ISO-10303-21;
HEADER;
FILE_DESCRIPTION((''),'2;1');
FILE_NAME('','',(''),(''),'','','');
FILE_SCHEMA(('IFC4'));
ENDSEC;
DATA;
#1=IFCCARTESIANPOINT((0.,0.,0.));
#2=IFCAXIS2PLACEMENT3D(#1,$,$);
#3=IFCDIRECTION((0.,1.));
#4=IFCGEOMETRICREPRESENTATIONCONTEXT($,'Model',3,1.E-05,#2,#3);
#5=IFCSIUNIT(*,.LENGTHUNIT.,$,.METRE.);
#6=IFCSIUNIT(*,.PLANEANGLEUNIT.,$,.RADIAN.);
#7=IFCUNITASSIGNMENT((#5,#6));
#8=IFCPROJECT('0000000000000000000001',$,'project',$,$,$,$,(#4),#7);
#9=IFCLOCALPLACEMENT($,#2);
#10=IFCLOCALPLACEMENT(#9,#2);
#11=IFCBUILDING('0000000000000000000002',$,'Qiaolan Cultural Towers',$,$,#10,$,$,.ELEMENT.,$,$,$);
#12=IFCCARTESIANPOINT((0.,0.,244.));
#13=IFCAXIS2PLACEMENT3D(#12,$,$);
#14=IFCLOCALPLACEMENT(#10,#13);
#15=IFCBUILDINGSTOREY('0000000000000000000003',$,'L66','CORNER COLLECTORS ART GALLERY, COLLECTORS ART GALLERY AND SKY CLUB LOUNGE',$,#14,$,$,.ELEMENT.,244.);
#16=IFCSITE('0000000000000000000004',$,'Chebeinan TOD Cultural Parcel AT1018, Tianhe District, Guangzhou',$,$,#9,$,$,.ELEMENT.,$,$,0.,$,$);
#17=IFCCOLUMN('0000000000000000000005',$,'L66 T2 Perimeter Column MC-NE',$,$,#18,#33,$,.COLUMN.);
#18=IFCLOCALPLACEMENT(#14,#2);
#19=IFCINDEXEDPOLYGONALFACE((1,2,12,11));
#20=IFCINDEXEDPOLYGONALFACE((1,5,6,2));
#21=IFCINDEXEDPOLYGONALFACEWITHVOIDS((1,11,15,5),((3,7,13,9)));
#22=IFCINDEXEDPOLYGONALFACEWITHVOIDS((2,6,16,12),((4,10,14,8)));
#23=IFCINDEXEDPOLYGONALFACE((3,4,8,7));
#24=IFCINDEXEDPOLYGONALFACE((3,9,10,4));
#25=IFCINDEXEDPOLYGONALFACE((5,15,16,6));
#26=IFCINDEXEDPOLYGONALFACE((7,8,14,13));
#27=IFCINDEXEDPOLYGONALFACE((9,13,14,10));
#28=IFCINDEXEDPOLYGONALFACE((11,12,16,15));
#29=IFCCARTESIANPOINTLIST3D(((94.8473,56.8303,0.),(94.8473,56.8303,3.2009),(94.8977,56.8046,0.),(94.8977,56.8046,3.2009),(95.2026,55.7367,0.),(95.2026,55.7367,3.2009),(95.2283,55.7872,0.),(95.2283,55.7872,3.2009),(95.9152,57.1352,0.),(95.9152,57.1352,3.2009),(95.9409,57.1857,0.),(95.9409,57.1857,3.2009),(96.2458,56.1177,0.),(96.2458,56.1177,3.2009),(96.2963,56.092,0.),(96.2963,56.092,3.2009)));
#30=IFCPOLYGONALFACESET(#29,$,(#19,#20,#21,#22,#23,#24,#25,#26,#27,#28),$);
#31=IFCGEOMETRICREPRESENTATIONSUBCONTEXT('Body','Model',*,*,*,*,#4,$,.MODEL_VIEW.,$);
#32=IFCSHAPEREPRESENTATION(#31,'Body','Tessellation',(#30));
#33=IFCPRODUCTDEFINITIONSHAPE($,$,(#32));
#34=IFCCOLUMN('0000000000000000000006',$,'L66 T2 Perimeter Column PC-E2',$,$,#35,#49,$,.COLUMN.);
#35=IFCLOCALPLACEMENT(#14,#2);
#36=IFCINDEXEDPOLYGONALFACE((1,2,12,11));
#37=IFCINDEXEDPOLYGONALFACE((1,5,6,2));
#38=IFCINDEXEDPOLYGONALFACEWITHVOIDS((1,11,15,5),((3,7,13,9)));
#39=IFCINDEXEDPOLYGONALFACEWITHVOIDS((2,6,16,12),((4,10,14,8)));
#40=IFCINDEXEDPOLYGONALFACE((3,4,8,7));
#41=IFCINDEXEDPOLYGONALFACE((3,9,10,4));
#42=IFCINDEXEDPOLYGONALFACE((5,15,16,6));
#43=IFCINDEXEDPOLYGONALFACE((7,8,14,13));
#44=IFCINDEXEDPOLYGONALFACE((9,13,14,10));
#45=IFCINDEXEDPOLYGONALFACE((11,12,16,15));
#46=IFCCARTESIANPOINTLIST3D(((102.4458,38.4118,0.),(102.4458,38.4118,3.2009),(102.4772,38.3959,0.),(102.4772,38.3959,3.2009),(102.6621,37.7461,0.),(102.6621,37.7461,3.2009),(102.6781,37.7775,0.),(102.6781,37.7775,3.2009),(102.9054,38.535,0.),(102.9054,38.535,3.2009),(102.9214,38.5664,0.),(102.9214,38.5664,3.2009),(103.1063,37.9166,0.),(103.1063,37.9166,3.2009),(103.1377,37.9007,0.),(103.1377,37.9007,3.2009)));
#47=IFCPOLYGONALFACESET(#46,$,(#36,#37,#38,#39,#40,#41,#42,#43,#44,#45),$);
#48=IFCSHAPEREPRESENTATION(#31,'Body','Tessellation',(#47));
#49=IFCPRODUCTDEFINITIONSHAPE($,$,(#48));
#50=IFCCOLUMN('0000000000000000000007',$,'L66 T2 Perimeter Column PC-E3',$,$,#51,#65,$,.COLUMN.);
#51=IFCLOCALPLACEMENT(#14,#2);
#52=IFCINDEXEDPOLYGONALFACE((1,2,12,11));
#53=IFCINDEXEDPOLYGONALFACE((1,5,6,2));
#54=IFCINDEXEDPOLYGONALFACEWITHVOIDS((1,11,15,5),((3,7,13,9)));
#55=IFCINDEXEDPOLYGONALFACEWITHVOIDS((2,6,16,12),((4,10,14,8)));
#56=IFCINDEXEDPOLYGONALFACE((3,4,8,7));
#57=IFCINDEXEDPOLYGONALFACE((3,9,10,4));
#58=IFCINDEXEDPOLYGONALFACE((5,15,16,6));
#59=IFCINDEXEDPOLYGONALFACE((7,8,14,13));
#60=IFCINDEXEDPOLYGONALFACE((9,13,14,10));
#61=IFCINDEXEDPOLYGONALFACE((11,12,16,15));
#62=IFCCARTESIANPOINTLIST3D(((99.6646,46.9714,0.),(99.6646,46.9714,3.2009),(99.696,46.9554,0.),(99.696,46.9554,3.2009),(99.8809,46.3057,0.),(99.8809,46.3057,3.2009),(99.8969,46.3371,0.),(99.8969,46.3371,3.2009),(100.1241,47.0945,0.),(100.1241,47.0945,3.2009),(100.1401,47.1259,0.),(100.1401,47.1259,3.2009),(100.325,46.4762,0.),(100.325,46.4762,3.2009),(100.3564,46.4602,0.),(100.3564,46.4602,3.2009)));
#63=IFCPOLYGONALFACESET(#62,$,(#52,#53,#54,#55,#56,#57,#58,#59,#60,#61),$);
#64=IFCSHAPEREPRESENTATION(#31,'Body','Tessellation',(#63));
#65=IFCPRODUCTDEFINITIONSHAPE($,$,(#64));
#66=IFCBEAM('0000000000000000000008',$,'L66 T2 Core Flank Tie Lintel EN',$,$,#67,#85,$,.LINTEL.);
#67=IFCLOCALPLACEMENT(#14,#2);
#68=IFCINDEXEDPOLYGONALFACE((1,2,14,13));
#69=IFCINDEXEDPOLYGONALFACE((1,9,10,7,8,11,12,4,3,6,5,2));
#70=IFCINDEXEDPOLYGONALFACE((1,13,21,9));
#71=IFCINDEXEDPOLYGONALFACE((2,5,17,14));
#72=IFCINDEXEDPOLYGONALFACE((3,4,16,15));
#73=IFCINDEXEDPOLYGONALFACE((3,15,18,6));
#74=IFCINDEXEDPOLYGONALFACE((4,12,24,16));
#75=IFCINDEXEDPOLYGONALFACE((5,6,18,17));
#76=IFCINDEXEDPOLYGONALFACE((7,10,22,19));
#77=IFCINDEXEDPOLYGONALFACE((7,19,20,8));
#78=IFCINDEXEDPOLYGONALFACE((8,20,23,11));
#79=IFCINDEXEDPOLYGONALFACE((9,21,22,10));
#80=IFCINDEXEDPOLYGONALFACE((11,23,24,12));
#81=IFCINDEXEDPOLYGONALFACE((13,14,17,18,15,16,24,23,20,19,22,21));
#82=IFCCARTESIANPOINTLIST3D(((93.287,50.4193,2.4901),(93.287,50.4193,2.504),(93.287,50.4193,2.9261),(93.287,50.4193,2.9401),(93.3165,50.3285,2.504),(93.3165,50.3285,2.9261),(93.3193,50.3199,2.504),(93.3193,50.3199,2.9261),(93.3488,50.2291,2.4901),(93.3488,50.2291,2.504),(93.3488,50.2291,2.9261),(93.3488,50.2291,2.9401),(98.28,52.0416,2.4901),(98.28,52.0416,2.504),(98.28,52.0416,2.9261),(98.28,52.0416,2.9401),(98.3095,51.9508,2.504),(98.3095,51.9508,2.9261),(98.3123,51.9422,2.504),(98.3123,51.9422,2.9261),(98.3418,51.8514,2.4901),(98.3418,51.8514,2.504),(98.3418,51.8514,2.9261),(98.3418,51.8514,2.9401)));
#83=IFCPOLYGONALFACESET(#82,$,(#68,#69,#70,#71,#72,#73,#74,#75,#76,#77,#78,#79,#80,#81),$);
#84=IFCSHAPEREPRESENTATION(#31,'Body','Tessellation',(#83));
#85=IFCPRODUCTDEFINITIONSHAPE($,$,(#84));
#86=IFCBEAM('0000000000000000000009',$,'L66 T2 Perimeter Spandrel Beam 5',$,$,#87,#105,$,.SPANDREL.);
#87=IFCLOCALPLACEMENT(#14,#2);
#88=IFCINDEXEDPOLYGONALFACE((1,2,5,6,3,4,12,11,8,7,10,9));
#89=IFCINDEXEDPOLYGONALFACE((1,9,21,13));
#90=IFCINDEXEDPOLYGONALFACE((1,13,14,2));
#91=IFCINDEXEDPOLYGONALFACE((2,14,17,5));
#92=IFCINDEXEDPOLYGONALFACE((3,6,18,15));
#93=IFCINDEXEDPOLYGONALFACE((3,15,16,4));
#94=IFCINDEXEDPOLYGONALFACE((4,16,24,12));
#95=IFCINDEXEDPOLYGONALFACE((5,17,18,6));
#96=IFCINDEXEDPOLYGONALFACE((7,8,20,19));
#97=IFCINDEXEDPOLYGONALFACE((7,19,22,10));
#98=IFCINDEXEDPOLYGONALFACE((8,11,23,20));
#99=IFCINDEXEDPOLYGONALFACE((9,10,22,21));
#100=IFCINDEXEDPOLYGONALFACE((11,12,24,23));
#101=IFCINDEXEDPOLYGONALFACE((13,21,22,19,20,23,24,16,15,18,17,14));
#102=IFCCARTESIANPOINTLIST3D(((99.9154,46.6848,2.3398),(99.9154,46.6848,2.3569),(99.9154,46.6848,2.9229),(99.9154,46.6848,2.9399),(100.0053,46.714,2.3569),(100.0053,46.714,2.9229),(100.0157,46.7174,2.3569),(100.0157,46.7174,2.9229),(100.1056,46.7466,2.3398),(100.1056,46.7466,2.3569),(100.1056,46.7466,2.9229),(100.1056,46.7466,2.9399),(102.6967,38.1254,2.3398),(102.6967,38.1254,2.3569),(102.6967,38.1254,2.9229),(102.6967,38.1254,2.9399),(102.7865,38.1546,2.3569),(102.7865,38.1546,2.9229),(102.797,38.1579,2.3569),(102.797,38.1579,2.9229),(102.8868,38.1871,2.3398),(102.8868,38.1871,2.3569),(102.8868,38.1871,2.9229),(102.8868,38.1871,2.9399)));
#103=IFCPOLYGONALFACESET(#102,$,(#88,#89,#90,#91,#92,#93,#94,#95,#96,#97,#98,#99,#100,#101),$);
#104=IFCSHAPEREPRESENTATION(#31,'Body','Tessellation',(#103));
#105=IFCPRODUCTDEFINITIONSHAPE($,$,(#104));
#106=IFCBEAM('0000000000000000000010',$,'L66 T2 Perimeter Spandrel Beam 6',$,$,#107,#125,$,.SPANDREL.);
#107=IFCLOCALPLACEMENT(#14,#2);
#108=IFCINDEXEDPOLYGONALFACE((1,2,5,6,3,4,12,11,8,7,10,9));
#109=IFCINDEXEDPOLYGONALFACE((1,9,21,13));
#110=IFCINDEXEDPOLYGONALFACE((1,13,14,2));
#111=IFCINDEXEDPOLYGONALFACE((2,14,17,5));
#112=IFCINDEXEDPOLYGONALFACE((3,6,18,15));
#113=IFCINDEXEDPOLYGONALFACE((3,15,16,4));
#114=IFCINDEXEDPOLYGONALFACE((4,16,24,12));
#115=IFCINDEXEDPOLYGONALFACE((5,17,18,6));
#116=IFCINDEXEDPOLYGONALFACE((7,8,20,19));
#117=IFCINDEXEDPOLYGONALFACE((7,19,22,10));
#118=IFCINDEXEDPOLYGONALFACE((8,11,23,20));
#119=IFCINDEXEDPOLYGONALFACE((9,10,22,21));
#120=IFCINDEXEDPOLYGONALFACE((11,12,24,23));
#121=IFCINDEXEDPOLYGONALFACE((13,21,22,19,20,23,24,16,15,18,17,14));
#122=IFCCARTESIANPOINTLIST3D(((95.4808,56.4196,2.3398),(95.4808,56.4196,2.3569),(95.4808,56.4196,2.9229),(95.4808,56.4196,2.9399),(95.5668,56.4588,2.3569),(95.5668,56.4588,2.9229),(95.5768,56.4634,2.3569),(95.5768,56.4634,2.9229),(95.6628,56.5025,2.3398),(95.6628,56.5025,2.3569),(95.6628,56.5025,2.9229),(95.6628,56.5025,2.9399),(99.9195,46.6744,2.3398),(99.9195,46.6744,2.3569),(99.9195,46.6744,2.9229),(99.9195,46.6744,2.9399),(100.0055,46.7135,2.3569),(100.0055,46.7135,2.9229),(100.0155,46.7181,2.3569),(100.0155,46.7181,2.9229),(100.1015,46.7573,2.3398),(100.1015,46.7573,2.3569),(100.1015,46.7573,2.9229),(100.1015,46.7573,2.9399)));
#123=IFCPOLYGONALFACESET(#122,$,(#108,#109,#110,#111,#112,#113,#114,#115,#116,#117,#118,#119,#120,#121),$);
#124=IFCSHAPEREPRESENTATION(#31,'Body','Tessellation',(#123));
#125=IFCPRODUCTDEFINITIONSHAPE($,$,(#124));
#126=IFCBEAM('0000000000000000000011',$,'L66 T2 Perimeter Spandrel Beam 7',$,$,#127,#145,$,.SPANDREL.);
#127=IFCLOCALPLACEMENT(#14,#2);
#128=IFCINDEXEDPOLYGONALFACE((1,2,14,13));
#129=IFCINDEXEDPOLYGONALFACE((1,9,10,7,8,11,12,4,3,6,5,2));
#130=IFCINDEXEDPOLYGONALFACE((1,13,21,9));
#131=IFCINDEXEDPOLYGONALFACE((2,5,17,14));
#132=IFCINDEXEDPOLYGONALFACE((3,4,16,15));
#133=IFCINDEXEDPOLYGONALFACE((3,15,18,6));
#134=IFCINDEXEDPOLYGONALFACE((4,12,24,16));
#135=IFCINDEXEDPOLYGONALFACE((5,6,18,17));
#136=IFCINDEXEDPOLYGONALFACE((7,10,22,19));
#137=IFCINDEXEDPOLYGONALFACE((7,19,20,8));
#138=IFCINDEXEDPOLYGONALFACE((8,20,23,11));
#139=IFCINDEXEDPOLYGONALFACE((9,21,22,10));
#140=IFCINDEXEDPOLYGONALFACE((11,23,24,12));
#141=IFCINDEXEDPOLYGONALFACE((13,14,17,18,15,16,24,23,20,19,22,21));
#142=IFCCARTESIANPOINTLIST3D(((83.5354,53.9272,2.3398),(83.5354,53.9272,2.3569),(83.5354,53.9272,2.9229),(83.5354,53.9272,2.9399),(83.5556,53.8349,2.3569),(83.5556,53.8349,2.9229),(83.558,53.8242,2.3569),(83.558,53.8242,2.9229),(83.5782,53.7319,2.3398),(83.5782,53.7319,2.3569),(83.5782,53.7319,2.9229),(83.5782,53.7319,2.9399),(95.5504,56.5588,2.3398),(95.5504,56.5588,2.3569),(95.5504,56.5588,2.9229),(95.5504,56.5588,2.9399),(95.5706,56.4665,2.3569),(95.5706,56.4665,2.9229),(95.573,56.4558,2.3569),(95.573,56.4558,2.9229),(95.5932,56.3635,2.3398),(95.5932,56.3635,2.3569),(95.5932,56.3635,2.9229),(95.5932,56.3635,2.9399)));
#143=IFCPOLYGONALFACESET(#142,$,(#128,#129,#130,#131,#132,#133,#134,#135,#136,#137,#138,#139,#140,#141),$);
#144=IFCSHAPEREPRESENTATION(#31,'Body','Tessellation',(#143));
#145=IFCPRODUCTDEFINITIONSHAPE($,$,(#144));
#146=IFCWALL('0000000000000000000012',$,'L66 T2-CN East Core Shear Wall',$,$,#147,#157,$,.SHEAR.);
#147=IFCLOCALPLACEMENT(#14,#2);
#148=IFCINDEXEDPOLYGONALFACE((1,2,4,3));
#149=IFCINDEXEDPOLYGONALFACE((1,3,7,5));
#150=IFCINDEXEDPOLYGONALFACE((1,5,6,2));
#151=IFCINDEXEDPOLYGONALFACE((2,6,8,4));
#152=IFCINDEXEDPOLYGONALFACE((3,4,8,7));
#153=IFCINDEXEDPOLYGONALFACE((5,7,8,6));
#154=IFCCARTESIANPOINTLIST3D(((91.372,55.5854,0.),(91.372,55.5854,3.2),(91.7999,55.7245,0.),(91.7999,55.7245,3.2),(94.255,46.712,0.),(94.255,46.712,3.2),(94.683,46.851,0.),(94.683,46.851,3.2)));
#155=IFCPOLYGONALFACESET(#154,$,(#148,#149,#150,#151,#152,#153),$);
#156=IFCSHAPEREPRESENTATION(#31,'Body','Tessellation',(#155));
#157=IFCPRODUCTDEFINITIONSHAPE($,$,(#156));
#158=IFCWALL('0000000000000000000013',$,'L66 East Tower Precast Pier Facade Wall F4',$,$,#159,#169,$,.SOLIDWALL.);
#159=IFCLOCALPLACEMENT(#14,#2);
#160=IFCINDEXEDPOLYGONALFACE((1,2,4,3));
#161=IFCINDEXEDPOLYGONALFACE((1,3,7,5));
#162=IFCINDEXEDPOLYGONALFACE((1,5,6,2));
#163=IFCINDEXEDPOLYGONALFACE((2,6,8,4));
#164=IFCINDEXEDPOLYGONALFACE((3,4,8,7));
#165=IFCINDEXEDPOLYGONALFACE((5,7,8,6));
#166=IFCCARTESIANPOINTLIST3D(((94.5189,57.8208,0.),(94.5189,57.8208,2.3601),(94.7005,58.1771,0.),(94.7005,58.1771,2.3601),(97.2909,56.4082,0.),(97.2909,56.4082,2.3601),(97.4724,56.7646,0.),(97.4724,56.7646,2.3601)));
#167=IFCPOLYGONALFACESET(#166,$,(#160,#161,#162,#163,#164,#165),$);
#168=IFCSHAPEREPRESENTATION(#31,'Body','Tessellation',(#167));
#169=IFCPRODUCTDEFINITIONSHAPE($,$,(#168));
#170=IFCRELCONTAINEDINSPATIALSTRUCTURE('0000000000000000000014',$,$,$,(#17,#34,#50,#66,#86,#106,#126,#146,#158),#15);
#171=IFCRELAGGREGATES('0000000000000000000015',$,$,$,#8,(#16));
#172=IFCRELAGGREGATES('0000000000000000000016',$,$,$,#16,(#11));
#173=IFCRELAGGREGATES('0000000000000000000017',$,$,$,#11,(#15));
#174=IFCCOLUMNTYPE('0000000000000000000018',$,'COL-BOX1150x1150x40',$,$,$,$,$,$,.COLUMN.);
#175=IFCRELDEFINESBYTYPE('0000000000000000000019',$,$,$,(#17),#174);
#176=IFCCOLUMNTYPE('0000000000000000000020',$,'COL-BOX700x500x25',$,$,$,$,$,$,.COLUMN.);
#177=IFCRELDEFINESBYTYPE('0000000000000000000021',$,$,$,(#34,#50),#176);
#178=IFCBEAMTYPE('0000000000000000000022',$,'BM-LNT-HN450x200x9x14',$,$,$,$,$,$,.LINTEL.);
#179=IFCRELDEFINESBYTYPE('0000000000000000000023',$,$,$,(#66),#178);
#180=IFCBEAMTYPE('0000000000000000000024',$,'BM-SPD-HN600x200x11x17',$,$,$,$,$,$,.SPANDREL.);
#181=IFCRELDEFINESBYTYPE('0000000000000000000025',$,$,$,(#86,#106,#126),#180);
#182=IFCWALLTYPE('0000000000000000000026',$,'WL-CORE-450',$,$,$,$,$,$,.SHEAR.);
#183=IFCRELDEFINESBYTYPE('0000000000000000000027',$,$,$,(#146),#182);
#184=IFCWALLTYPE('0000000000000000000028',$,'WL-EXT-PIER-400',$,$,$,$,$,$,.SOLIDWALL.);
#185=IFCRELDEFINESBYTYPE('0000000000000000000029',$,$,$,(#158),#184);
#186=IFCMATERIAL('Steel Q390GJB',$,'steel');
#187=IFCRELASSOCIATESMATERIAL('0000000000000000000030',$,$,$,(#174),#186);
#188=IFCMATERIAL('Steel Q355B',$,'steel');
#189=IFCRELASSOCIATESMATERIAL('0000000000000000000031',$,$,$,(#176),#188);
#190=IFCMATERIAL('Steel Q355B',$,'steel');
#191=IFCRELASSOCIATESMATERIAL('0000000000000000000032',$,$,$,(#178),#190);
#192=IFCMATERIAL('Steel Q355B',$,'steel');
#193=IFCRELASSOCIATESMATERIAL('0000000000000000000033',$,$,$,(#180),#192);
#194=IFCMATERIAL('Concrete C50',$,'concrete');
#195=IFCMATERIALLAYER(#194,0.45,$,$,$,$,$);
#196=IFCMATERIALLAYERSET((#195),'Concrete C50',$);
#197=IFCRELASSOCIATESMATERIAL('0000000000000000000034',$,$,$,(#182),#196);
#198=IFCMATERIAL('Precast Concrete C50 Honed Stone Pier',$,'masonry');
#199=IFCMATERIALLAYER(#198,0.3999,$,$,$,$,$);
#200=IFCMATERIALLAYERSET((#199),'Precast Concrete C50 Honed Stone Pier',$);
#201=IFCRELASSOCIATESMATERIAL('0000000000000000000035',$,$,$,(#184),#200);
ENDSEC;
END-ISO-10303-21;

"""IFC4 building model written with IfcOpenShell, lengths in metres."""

from ifc_helpers import new_model, si_unit, direction, frame, frame_2d, origin, origin_2d, place, context, subcontext, project, spatial, rectangle, hollow_rectangle, i_section, extrude, material, layer, layer_set, material_profile, profile_set, type_object, element, save


model = new_model("IFC4")

# Units and contexts
model_context = context("Model", 3, precision=1e-05, world=origin(), true_north=direction((0.0, 1.0)))
body_context = subcontext(model_context, "Body", "Model", "MODEL_VIEW")
ifc_project = project(units=[si_unit("LENGTHUNIT", "METRE"), si_unit("PLANEANGLEUNIT", "RADIAN")], contexts=[model_context])

# Site, building, storey
site_placement = place(None, origin())
site = spatial("IfcSite", under=ifc_project, at=site_placement, Name="Chebeinan TOD Cultural Parcel AT1018, Tianhe District, Guangzhou", CompositionType="ELEMENT", RefElevation=0.0)
building_placement = place(site_placement, origin())
building = spatial("IfcBuilding", under=site, at=building_placement, Name="Qiaolan Cultural Towers", CompositionType="ELEMENT")
storey_placement = place(building_placement, frame((0.0, 0.0, 244.0)))
storey = spatial("IfcBuildingStorey", under=building, at=storey_placement, Name="L66", Description="CORNER COLLECTORS ART GALLERY, COLLECTORS ART GALLERY AND SKY CLUB LOUNGE", CompositionType="ELEMENT", Elevation=244.0)

# Columns
ifc_material_1 = material(Name="Steel Q390GJB", Category="steel")
ifc_material_profile_1 = material_profile(ifc_material_1, hollow_rectangle(XDim=1.1499, YDim=1.1499, WallThickness=0.04, at=origin_2d()), Name="BOX1150x1150x40")
ifc_profile_set_1 = profile_set([ifc_material_profile_1], Name="Steel Q390GJB")
column_type_1 = type_object("IfcColumnType", Name="COL-BOX1150x1150x40", PredefinedType="COLUMN", material=ifc_profile_set_1)
column_placement = place(storey_placement, frame((95.5718, 56.4612, 0.0), z_axis=(0.0, 0.0, 1.0), x_axis=(0.951057, 0.309017, 0.0)))
element("IfcColumn", 1, at=column_placement, inside=storey, type_object=column_type_1, Name="L66 T2 Perimeter Column MC-NE", PredefinedType="COLUMN", context=body_context, shape_type="SweptSolid", body=[
    extrude(hollow_rectangle(XDim=1.1499, YDim=1.1499, WallThickness=0.04, at=origin_2d()), origin(), (0.0, 0.0, 1.0), 3.2009),
])
ifc_material_2 = material(Name="Steel Q355B", Category="steel")
ifc_material_profile_2 = material_profile(ifc_material_2, hollow_rectangle(XDim=0.5, YDim=0.7, WallThickness=0.0249, at=origin_2d()), Name="BOX700x500x25")
ifc_profile_set_2 = profile_set([ifc_material_profile_2], Name="Steel Q355B")
column_type_2 = type_object("IfcColumnType", Name="COL-BOX700x500x25", PredefinedType="COLUMN", material=ifc_profile_set_2)
for number, where, z_axis, x_axis, name in (
    (2, (102.7917, 38.1562, 0.0), (0.0, 0.0, 1.0), (0.951057, 0.309017, 0.0), "L66 T2 Perimeter Column PC-E2"),
    (3, (100.0105, 46.7158, 0.0), (0.0, 0.0, 1.0), (0.951057, 0.309017, 0.0), "L66 T2 Perimeter Column PC-E3"),
):
    element("IfcColumn", number, at=place(storey_placement, frame(where, z_axis=z_axis, x_axis=x_axis)), inside=storey, type_object=column_type_2, Name=name, PredefinedType="COLUMN", context=body_context, shape_type="SweptSolid", body=[
        extrude(hollow_rectangle(XDim=0.5, YDim=0.7, WallThickness=0.0249, at=origin_2d()), origin(), (0.0, 0.0, 1.0), 3.2009),
    ])

# Beams
ifc_material_3 = material(Name="Steel Q355B", Category="steel")
ifc_material_profile_3 = material_profile(ifc_material_3, i_section(OverallWidth=0.2, OverallDepth=0.45, WebThickness=0.009, FlangeThickness=0.0139, at=origin_2d()), Name="HN450x200x9x14")
ifc_profile_set_3 = profile_set([ifc_material_profile_3], Name="Steel Q355B")
beam_type_1 = type_object("IfcBeamType", Name="BM-LNT-HN450x200x9x14", PredefinedType="LINTEL", material=ifc_profile_set_3)
beam_1_placement = place(storey_placement, frame((93.3179, 50.3242, 2.7151), z_axis=(0.95106, 0.309006, 0.0), x_axis=(-0.309006, 0.95106, 0.0)))
element("IfcBeam", 4, at=beam_1_placement, inside=storey, type_object=beam_type_1, Name="L66 T2 Core Flank Tie Lintel EN", PredefinedType="LINTEL", context=body_context, shape_type="SweptSolid", body=[
    extrude(i_section(OverallWidth=0.2, OverallDepth=0.45, WebThickness=0.009, FlangeThickness=0.0139, at=origin_2d()), origin(), (0.0, 0.0, 1.0), 5.25),
])
ifc_material_4 = material(Name="Steel Q355B", Category="steel")
ifc_material_profile_4 = material_profile(ifc_material_4, i_section(OverallWidth=0.2, OverallDepth=0.6001, WebThickness=0.011, FlangeThickness=0.0171, at=origin_2d()), Name="HN600x200x11x17")
ifc_profile_set_4 = profile_set([ifc_material_profile_4], Name="Steel Q355B")
beam_type_2 = type_object("IfcBeamType", Name="BM-SPD-HN600x200x11x17", PredefinedType="SPANDREL", material=ifc_profile_set_4)
beam_2_placement = place(storey_placement, frame((102.7917, 38.1562, 2.6399), z_axis=(-0.309025, 0.951054, 0.0), x_axis=(-0.951054, -0.309025, 0.0)))
element("IfcBeam", 5, at=beam_2_placement, inside=storey, type_object=beam_type_2, Name="L66 T2 Perimeter Spandrel Beam 5", PredefinedType="SPANDREL", context=body_context, shape_type="SweptSolid", body=[
    extrude(i_section(OverallWidth=0.2, OverallDepth=0.6001, WebThickness=0.011, FlangeThickness=0.0171, at=origin_2d()), origin(), (0.0, 0.0, 1.0), 9.0),
])
beam_3_placement = place(storey_placement, frame((100.0105, 46.7158, 2.6399), z_axis=(-0.4145, 0.910049, 0.0), x_axis=(-0.910049, -0.4145, 0.0)))
element("IfcBeam", 6, at=beam_3_placement, inside=storey, type_object=beam_type_2, Name="L66 T2 Perimeter Spandrel Beam 6", PredefinedType="SPANDREL", context=body_context, shape_type="SweptSolid", body=[
    extrude(i_section(OverallWidth=0.2, OverallDepth=0.6001, WebThickness=0.011, FlangeThickness=0.0171, at=origin_2d()), origin(), (0.0, 0.0, 1.0), 10.7085),
])
beam_4_placement = place(storey_placement, frame((95.5718, 56.4612, 2.6399), z_axis=(-0.976843, -0.213956, 0.0), x_axis=(0.213956, -0.976843, 0.0)))
element("IfcBeam", 7, at=beam_4_placement, inside=storey, type_object=beam_type_2, Name="L66 T2 Perimeter Spandrel Beam 7", PredefinedType="SPANDREL", context=body_context, shape_type="SweptSolid", body=[
    extrude(i_section(OverallWidth=0.2, OverallDepth=0.6001, WebThickness=0.011, FlangeThickness=0.0171, at=origin_2d()), origin(), (0.0, 0.0, 1.0), 12.2998),
])

# Walls
ifc_material_5 = material(Name="Concrete C50", Category="concrete")
ifc_layer_1 = layer(ifc_material_5, 0.45)
ifc_layer_set_1 = layer_set([ifc_layer_1], Name="Concrete C50")
wall_type_1 = type_object("IfcWallType", Name="WL-CORE-450", PredefinedType="SHEAR", material=ifc_layer_set_1)
wall_1_placement = place(storey_placement, frame((94.469, 46.7815, 0.0), z_axis=(0.0, 0.0, 1.0), x_axis=(-0.309004, 0.951061, 0.0)))
element("IfcWall", 8, at=wall_1_placement, inside=storey, type_object=wall_type_1, Name="L66 T2-CN East Core Shear Wall", PredefinedType="SHEAR", context=body_context, shape_type="SweptSolid", body=[
    extrude(rectangle(XDim=9.3301, YDim=0.45, at=frame_2d((4.665, 0.0))), origin(), (0.0, 0.0, 1.0), 3.2),
])
ifc_material_6 = material(Name="Precast Concrete C50 Honed Stone Pier", Category="masonry")
ifc_layer_2 = layer(ifc_material_6, 0.3999)
ifc_layer_set_2 = layer_set([ifc_layer_2], Name="Precast Concrete C50 Honed Stone Pier")
wall_type_2 = type_object("IfcWallType", Name="WL-EXT-PIER-400", PredefinedType="SOLIDWALL", material=ifc_layer_set_2)
wall_2_placement = place(storey_placement, frame((94.6096, 57.999, 0.0), z_axis=(0.0, 0.0, 1.0), x_axis=(0.89098, -0.454043, 0.0)))
element("IfcWall", 9, at=wall_2_placement, inside=storey, type_object=wall_type_2, Name="L66 East Tower Precast Pier Facade Wall F4", PredefinedType="SOLIDWALL", context=body_context, shape_type="SweptSolid", body=[
    extrude(rectangle(XDim=3.1111, YDim=0.3999, at=frame_2d((1.5557, 0.0))), origin(), (0.0, 0.0, 1.0), 2.3601),
])

save(model, "model.ifc")
